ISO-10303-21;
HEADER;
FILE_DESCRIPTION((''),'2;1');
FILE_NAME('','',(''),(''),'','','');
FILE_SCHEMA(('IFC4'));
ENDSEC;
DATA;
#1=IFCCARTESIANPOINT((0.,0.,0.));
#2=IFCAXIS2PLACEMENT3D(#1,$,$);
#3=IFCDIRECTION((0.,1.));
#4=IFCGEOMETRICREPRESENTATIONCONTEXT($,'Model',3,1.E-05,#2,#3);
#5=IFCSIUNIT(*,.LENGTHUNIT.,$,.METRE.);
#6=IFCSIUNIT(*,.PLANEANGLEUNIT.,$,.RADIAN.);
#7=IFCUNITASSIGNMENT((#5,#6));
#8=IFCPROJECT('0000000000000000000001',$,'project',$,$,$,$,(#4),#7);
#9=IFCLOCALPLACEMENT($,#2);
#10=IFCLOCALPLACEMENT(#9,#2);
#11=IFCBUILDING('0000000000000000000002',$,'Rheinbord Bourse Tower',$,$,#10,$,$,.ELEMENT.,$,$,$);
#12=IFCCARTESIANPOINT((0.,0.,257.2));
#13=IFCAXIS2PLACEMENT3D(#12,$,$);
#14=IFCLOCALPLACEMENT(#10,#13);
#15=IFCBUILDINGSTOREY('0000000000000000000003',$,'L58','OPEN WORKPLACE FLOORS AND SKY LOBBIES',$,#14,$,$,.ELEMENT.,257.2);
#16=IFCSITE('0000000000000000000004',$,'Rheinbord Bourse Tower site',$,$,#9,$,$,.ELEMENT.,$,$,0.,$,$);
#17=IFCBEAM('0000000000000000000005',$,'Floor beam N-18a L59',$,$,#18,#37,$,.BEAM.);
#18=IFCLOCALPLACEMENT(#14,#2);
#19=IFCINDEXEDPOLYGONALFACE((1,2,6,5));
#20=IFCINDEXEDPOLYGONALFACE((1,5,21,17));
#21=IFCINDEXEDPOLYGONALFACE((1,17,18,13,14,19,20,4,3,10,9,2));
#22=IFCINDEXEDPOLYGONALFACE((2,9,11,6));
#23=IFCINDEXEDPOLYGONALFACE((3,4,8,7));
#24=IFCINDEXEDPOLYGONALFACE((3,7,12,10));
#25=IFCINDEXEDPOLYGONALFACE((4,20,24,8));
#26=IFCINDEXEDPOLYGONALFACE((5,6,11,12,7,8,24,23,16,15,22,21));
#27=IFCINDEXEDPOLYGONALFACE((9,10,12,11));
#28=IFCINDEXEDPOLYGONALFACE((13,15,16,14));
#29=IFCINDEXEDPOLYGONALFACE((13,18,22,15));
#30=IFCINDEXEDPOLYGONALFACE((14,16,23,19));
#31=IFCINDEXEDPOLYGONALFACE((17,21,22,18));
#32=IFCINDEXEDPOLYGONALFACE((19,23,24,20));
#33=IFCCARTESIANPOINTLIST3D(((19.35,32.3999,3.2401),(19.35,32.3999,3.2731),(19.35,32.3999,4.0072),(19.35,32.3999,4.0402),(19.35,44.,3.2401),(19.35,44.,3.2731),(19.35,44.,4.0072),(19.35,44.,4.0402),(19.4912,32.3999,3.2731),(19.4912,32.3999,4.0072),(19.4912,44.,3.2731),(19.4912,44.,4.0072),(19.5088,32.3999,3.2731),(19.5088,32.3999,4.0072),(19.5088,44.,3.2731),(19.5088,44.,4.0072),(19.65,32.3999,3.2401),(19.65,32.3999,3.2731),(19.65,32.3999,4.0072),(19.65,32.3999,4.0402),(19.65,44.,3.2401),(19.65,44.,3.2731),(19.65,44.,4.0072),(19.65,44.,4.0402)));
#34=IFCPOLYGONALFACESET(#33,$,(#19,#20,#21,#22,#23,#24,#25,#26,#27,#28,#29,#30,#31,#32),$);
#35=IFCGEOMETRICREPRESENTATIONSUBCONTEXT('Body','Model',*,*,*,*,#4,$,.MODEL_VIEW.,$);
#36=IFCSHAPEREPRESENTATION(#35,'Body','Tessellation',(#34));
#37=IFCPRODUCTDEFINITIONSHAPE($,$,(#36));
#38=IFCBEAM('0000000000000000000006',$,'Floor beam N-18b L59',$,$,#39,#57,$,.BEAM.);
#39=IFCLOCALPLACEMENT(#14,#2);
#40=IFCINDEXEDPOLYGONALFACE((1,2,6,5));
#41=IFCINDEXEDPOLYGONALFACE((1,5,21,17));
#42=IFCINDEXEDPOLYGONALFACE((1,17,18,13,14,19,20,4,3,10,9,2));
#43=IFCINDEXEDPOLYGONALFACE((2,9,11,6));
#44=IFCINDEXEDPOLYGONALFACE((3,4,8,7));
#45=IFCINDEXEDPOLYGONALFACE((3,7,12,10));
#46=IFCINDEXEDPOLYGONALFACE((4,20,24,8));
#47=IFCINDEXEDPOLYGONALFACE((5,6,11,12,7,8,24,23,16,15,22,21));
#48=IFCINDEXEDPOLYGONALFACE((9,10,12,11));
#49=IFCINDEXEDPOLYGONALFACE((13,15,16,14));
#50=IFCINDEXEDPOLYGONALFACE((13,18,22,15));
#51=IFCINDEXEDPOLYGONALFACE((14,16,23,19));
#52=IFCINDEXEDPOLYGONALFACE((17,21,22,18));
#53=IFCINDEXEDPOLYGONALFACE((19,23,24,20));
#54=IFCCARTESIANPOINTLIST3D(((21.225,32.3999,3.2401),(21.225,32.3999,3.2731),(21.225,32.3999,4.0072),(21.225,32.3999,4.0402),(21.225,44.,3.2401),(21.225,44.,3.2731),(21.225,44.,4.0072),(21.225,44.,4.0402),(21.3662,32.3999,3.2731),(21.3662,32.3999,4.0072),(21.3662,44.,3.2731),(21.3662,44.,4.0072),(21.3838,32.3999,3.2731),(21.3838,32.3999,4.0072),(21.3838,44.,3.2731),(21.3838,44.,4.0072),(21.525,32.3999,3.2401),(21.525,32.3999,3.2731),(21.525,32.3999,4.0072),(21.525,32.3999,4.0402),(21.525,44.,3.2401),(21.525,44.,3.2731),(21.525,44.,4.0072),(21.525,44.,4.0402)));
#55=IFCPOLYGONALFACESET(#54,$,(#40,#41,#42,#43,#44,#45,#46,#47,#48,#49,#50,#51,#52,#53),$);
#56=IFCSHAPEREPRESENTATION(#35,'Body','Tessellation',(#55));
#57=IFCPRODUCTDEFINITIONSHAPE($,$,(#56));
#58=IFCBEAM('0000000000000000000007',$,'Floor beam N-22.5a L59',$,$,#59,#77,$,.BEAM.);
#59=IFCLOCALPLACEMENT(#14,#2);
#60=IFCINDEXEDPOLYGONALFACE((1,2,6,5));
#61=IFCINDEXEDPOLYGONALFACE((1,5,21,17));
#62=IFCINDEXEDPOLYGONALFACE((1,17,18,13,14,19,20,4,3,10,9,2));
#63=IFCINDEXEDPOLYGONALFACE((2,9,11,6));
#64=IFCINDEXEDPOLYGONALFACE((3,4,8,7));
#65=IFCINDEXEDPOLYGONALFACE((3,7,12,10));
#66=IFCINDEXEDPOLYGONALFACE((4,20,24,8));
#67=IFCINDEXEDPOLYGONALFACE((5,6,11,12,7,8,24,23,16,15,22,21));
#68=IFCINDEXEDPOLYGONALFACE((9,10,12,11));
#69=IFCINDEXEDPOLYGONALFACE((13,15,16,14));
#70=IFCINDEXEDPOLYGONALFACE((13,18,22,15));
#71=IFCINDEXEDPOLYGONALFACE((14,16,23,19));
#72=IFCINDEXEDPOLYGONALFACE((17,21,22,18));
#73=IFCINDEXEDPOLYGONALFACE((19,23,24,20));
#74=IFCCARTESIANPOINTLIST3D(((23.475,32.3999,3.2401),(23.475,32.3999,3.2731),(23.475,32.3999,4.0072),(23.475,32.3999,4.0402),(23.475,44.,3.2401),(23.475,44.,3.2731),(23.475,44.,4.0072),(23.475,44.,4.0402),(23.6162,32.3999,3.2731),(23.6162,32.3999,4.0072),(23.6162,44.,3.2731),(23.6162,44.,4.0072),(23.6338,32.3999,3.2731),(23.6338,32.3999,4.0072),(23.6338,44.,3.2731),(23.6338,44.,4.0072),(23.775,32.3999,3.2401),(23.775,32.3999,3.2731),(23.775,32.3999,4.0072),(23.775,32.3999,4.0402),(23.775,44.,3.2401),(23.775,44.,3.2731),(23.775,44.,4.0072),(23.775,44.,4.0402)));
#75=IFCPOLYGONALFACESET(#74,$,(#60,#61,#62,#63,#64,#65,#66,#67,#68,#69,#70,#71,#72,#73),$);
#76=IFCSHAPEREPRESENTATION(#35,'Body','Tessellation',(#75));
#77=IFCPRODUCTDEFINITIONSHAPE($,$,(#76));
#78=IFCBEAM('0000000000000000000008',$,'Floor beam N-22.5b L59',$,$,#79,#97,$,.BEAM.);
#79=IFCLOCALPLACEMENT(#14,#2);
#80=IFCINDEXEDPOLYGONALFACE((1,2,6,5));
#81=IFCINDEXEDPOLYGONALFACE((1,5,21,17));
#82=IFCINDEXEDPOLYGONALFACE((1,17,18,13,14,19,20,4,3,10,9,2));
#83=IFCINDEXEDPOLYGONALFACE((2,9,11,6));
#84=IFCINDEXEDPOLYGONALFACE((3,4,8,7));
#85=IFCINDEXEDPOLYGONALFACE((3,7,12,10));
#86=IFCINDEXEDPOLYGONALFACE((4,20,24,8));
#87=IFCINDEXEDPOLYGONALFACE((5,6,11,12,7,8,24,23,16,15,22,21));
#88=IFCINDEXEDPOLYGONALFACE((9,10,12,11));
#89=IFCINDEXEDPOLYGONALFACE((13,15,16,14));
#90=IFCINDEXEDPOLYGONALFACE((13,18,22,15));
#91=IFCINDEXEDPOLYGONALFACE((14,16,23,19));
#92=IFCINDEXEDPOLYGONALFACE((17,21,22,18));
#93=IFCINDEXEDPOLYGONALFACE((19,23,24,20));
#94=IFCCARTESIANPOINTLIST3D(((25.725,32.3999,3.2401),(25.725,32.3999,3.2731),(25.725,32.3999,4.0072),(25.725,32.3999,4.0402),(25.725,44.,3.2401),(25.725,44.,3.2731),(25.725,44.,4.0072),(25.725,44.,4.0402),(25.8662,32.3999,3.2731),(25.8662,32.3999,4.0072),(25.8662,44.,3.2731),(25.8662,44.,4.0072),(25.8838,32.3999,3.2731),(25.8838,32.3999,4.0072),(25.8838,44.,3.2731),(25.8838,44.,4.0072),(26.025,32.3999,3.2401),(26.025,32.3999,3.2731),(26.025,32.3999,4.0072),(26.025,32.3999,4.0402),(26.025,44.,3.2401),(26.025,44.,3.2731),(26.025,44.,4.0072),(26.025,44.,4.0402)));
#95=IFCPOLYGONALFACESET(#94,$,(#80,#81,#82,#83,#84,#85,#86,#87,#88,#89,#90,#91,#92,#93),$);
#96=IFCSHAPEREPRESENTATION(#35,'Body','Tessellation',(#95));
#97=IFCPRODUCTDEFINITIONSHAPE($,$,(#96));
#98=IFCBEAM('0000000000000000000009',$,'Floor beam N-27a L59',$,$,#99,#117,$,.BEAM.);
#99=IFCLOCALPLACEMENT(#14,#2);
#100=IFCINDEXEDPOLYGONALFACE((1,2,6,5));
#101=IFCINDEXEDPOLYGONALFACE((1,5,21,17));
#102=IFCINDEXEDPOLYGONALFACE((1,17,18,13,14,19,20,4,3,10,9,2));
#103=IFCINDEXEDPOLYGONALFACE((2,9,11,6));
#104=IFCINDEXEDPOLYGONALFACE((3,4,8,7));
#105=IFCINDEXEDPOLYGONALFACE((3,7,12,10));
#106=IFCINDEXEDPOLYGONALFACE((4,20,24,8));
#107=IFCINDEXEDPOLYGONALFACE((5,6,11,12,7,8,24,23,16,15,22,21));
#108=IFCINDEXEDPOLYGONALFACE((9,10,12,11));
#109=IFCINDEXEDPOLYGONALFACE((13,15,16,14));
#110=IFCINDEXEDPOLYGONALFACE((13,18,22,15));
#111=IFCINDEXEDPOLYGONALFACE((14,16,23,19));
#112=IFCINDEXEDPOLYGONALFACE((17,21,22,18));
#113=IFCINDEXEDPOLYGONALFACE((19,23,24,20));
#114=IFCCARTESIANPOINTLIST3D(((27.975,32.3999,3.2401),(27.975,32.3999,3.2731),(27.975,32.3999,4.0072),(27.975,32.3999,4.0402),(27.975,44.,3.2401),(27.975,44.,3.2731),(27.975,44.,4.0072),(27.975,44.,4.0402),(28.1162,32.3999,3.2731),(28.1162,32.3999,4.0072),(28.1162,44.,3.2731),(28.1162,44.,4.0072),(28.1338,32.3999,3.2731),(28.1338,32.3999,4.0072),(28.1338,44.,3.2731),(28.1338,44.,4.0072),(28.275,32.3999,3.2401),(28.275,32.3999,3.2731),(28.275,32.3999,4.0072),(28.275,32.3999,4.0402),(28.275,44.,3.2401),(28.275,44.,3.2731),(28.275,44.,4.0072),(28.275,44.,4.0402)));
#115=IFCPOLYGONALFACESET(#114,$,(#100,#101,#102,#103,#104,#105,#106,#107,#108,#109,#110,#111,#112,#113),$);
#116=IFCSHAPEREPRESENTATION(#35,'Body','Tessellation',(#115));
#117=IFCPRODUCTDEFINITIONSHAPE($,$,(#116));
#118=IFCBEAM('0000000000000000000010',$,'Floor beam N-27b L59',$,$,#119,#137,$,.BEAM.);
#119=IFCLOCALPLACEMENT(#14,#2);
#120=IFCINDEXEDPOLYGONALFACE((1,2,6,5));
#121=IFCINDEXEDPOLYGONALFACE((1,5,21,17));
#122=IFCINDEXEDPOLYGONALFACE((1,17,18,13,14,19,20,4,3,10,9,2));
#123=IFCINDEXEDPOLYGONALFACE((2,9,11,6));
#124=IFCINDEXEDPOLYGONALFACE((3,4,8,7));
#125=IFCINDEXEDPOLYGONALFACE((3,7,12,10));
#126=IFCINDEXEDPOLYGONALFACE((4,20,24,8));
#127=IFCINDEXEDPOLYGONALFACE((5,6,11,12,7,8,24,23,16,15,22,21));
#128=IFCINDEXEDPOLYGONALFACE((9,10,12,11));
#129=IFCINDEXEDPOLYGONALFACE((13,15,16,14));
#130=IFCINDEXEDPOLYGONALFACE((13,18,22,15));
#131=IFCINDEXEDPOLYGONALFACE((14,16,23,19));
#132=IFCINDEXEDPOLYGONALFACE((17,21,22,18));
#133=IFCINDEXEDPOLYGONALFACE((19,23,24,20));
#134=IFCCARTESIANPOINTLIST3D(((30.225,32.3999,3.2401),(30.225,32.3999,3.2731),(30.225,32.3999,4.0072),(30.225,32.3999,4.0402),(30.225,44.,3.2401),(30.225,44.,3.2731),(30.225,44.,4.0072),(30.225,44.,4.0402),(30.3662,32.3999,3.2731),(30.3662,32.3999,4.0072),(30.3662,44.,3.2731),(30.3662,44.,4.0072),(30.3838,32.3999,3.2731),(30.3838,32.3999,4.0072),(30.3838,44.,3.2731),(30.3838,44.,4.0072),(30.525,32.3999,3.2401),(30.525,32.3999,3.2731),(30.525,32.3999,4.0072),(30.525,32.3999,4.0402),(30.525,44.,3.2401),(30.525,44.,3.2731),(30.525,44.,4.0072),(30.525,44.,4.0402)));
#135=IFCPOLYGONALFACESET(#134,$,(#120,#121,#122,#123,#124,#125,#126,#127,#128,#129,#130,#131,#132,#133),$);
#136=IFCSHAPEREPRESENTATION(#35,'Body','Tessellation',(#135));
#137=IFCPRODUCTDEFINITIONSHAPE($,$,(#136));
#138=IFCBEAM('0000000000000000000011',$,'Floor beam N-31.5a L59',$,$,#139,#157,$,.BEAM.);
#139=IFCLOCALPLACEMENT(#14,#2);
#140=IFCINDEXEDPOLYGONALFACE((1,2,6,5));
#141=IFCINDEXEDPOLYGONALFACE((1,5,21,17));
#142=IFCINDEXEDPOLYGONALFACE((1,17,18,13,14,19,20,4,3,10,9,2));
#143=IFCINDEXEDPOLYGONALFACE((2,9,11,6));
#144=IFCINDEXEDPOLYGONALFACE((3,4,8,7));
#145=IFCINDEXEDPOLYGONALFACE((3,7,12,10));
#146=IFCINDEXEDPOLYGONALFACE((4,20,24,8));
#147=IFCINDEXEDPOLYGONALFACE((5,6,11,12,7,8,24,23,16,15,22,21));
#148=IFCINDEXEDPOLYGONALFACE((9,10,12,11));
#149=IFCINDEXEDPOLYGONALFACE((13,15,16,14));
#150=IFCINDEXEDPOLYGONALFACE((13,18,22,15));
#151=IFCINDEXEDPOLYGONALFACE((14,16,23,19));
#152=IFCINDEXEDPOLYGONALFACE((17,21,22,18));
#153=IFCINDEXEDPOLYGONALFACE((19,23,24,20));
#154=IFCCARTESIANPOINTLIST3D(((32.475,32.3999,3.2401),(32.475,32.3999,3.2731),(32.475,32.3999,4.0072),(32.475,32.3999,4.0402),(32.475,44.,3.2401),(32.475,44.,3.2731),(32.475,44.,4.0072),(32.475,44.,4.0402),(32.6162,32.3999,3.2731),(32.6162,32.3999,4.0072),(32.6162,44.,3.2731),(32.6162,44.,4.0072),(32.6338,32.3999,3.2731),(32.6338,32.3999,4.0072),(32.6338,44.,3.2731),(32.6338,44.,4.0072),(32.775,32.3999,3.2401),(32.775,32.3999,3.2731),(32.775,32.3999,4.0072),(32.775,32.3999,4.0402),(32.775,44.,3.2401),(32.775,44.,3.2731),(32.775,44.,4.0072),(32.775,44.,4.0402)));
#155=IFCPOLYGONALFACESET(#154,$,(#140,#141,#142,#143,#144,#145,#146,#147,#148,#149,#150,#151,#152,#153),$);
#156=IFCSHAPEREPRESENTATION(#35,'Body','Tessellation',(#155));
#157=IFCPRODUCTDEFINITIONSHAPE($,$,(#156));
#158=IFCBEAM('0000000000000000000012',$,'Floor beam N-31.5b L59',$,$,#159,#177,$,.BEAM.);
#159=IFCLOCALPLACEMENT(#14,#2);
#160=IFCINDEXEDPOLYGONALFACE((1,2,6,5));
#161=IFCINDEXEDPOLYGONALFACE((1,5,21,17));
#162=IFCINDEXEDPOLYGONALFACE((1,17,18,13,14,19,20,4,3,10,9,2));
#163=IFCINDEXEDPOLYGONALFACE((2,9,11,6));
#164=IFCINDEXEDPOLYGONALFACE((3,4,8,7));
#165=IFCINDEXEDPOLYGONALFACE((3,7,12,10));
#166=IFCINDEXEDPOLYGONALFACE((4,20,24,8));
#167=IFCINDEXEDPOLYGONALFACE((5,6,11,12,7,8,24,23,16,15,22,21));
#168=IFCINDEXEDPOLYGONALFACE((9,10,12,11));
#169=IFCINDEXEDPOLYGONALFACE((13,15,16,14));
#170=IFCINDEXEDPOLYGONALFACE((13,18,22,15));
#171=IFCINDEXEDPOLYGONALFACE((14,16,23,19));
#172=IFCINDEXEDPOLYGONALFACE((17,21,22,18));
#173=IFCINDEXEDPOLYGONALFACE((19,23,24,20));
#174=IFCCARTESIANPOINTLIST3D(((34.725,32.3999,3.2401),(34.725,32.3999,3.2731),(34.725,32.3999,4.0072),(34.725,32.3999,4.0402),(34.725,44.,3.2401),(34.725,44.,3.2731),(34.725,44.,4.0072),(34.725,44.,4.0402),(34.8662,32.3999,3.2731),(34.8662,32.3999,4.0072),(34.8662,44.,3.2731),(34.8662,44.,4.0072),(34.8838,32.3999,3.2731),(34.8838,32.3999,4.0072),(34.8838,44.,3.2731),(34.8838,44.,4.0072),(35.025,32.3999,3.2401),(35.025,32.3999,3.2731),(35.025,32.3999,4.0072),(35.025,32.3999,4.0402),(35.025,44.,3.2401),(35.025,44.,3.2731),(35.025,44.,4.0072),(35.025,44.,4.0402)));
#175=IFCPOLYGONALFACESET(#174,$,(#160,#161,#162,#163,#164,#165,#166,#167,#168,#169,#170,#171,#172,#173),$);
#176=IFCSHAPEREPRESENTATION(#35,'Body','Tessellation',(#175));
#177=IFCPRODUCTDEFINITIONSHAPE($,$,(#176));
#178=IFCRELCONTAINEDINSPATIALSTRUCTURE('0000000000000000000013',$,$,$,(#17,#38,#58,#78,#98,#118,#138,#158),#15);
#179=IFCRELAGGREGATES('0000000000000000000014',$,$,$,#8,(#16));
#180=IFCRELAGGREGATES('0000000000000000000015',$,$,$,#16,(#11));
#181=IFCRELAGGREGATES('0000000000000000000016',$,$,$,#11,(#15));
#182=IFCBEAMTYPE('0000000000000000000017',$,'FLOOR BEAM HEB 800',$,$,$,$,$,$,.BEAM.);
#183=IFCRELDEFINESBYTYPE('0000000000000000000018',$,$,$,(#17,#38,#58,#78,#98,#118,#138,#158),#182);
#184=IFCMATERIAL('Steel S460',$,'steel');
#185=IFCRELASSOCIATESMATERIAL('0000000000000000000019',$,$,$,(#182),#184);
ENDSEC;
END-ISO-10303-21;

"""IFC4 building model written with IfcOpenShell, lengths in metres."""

from ifc_helpers import new_model, si_unit, direction, frame, origin, origin_2d, place, context, subcontext, project, spatial, i_section, extrude, material, material_profile, profile_set, type_object, element, save


model = new_model("IFC4")

# Units and contexts
model_context = context("Model", 3, precision=1e-05, world=origin(), true_north=direction((0.0, 1.0)))
body_context = subcontext(model_context, "Body", "Model", "MODEL_VIEW")
ifc_project = project(units=[si_unit("LENGTHUNIT", "METRE"), si_unit("PLANEANGLEUNIT", "RADIAN")], contexts=[model_context])

# Site, building, storey
site_placement = place(None, origin())
site = spatial("IfcSite", under=ifc_project, at=site_placement, Name="Rheinbord Bourse Tower site", CompositionType="ELEMENT", RefElevation=0.0)
building_placement = place(site_placement, origin())
building = spatial("IfcBuilding", under=site, at=building_placement, Name="Rheinbord Bourse Tower", CompositionType="ELEMENT")
storey_placement = place(building_placement, frame((0.0, 0.0, 257.2)))
storey = spatial("IfcBuildingStorey", under=building, at=storey_placement, Name="L58", Description="OPEN WORKPLACE FLOORS AND SKY LOBBIES", CompositionType="ELEMENT", Elevation=257.2)

# Beams
ifc_material_1 = material(Name="Steel S460", Category="steel")
ifc_material_profile_1 = material_profile(ifc_material_1, i_section(OverallWidth=0.3, OverallDepth=0.8, WebThickness=0.0176, FlangeThickness=0.033, at=origin_2d()), Name="HEB 800")
ifc_profile_set_1 = profile_set([ifc_material_profile_1], Name="Steel S460")
beam_type_1 = type_object("IfcBeamType", Name="FLOOR BEAM HEB 800", PredefinedType="BEAM", material=ifc_profile_set_1)
for number, where, z_axis, x_axis, name in (
    (1, (19.5, 44.0, 3.6401), (0.0, -1.0, 0.0), (1.0, 0.0, 0.0), "Floor beam N-18a L59"),
    (2, (21.375, 44.0, 3.6401), (0.0, -1.0, 0.0), (1.0, 0.0, 0.0), "Floor beam N-18b L59"),
    (3, (23.625, 44.0, 3.6401), (0.0, -1.0, 0.0), (1.0, 0.0, 0.0), "Floor beam N-22.5a L59"),
    (4, (25.875, 44.0, 3.6401), (0.0, -1.0, 0.0), (1.0, 0.0, 0.0), "Floor beam N-22.5b L59"),
    (5, (28.125, 44.0, 3.6401), (0.0, -1.0, 0.0), (1.0, 0.0, 0.0), "Floor beam N-27a L59"),
    (6, (30.375, 44.0, 3.6401), (0.0, -1.0, 0.0), (1.0, 0.0, 0.0), "Floor beam N-27b L59"),
    (7, (32.625, 44.0, 3.6401), (0.0, -1.0, 0.0), (1.0, 0.0, 0.0), "Floor beam N-31.5a L59"),
    (8, (34.875, 44.0, 3.6401), (0.0, -1.0, 0.0), (1.0, 0.0, 0.0), "Floor beam N-31.5b L59"),
):
    element("IfcBeam", number, at=place(storey_placement, frame(where, z_axis=z_axis, x_axis=x_axis)), inside=storey, type_object=beam_type_1, Name=name, PredefinedType="BEAM", context=body_context, shape_type="SweptSolid", body=[
        extrude(i_section(OverallWidth=0.3, OverallDepth=0.8, WebThickness=0.0176, FlangeThickness=0.033, at=origin_2d()), origin(), (0.0, 0.0, 1.0), 11.6001),
    ])

save(model, "model.ifc")
